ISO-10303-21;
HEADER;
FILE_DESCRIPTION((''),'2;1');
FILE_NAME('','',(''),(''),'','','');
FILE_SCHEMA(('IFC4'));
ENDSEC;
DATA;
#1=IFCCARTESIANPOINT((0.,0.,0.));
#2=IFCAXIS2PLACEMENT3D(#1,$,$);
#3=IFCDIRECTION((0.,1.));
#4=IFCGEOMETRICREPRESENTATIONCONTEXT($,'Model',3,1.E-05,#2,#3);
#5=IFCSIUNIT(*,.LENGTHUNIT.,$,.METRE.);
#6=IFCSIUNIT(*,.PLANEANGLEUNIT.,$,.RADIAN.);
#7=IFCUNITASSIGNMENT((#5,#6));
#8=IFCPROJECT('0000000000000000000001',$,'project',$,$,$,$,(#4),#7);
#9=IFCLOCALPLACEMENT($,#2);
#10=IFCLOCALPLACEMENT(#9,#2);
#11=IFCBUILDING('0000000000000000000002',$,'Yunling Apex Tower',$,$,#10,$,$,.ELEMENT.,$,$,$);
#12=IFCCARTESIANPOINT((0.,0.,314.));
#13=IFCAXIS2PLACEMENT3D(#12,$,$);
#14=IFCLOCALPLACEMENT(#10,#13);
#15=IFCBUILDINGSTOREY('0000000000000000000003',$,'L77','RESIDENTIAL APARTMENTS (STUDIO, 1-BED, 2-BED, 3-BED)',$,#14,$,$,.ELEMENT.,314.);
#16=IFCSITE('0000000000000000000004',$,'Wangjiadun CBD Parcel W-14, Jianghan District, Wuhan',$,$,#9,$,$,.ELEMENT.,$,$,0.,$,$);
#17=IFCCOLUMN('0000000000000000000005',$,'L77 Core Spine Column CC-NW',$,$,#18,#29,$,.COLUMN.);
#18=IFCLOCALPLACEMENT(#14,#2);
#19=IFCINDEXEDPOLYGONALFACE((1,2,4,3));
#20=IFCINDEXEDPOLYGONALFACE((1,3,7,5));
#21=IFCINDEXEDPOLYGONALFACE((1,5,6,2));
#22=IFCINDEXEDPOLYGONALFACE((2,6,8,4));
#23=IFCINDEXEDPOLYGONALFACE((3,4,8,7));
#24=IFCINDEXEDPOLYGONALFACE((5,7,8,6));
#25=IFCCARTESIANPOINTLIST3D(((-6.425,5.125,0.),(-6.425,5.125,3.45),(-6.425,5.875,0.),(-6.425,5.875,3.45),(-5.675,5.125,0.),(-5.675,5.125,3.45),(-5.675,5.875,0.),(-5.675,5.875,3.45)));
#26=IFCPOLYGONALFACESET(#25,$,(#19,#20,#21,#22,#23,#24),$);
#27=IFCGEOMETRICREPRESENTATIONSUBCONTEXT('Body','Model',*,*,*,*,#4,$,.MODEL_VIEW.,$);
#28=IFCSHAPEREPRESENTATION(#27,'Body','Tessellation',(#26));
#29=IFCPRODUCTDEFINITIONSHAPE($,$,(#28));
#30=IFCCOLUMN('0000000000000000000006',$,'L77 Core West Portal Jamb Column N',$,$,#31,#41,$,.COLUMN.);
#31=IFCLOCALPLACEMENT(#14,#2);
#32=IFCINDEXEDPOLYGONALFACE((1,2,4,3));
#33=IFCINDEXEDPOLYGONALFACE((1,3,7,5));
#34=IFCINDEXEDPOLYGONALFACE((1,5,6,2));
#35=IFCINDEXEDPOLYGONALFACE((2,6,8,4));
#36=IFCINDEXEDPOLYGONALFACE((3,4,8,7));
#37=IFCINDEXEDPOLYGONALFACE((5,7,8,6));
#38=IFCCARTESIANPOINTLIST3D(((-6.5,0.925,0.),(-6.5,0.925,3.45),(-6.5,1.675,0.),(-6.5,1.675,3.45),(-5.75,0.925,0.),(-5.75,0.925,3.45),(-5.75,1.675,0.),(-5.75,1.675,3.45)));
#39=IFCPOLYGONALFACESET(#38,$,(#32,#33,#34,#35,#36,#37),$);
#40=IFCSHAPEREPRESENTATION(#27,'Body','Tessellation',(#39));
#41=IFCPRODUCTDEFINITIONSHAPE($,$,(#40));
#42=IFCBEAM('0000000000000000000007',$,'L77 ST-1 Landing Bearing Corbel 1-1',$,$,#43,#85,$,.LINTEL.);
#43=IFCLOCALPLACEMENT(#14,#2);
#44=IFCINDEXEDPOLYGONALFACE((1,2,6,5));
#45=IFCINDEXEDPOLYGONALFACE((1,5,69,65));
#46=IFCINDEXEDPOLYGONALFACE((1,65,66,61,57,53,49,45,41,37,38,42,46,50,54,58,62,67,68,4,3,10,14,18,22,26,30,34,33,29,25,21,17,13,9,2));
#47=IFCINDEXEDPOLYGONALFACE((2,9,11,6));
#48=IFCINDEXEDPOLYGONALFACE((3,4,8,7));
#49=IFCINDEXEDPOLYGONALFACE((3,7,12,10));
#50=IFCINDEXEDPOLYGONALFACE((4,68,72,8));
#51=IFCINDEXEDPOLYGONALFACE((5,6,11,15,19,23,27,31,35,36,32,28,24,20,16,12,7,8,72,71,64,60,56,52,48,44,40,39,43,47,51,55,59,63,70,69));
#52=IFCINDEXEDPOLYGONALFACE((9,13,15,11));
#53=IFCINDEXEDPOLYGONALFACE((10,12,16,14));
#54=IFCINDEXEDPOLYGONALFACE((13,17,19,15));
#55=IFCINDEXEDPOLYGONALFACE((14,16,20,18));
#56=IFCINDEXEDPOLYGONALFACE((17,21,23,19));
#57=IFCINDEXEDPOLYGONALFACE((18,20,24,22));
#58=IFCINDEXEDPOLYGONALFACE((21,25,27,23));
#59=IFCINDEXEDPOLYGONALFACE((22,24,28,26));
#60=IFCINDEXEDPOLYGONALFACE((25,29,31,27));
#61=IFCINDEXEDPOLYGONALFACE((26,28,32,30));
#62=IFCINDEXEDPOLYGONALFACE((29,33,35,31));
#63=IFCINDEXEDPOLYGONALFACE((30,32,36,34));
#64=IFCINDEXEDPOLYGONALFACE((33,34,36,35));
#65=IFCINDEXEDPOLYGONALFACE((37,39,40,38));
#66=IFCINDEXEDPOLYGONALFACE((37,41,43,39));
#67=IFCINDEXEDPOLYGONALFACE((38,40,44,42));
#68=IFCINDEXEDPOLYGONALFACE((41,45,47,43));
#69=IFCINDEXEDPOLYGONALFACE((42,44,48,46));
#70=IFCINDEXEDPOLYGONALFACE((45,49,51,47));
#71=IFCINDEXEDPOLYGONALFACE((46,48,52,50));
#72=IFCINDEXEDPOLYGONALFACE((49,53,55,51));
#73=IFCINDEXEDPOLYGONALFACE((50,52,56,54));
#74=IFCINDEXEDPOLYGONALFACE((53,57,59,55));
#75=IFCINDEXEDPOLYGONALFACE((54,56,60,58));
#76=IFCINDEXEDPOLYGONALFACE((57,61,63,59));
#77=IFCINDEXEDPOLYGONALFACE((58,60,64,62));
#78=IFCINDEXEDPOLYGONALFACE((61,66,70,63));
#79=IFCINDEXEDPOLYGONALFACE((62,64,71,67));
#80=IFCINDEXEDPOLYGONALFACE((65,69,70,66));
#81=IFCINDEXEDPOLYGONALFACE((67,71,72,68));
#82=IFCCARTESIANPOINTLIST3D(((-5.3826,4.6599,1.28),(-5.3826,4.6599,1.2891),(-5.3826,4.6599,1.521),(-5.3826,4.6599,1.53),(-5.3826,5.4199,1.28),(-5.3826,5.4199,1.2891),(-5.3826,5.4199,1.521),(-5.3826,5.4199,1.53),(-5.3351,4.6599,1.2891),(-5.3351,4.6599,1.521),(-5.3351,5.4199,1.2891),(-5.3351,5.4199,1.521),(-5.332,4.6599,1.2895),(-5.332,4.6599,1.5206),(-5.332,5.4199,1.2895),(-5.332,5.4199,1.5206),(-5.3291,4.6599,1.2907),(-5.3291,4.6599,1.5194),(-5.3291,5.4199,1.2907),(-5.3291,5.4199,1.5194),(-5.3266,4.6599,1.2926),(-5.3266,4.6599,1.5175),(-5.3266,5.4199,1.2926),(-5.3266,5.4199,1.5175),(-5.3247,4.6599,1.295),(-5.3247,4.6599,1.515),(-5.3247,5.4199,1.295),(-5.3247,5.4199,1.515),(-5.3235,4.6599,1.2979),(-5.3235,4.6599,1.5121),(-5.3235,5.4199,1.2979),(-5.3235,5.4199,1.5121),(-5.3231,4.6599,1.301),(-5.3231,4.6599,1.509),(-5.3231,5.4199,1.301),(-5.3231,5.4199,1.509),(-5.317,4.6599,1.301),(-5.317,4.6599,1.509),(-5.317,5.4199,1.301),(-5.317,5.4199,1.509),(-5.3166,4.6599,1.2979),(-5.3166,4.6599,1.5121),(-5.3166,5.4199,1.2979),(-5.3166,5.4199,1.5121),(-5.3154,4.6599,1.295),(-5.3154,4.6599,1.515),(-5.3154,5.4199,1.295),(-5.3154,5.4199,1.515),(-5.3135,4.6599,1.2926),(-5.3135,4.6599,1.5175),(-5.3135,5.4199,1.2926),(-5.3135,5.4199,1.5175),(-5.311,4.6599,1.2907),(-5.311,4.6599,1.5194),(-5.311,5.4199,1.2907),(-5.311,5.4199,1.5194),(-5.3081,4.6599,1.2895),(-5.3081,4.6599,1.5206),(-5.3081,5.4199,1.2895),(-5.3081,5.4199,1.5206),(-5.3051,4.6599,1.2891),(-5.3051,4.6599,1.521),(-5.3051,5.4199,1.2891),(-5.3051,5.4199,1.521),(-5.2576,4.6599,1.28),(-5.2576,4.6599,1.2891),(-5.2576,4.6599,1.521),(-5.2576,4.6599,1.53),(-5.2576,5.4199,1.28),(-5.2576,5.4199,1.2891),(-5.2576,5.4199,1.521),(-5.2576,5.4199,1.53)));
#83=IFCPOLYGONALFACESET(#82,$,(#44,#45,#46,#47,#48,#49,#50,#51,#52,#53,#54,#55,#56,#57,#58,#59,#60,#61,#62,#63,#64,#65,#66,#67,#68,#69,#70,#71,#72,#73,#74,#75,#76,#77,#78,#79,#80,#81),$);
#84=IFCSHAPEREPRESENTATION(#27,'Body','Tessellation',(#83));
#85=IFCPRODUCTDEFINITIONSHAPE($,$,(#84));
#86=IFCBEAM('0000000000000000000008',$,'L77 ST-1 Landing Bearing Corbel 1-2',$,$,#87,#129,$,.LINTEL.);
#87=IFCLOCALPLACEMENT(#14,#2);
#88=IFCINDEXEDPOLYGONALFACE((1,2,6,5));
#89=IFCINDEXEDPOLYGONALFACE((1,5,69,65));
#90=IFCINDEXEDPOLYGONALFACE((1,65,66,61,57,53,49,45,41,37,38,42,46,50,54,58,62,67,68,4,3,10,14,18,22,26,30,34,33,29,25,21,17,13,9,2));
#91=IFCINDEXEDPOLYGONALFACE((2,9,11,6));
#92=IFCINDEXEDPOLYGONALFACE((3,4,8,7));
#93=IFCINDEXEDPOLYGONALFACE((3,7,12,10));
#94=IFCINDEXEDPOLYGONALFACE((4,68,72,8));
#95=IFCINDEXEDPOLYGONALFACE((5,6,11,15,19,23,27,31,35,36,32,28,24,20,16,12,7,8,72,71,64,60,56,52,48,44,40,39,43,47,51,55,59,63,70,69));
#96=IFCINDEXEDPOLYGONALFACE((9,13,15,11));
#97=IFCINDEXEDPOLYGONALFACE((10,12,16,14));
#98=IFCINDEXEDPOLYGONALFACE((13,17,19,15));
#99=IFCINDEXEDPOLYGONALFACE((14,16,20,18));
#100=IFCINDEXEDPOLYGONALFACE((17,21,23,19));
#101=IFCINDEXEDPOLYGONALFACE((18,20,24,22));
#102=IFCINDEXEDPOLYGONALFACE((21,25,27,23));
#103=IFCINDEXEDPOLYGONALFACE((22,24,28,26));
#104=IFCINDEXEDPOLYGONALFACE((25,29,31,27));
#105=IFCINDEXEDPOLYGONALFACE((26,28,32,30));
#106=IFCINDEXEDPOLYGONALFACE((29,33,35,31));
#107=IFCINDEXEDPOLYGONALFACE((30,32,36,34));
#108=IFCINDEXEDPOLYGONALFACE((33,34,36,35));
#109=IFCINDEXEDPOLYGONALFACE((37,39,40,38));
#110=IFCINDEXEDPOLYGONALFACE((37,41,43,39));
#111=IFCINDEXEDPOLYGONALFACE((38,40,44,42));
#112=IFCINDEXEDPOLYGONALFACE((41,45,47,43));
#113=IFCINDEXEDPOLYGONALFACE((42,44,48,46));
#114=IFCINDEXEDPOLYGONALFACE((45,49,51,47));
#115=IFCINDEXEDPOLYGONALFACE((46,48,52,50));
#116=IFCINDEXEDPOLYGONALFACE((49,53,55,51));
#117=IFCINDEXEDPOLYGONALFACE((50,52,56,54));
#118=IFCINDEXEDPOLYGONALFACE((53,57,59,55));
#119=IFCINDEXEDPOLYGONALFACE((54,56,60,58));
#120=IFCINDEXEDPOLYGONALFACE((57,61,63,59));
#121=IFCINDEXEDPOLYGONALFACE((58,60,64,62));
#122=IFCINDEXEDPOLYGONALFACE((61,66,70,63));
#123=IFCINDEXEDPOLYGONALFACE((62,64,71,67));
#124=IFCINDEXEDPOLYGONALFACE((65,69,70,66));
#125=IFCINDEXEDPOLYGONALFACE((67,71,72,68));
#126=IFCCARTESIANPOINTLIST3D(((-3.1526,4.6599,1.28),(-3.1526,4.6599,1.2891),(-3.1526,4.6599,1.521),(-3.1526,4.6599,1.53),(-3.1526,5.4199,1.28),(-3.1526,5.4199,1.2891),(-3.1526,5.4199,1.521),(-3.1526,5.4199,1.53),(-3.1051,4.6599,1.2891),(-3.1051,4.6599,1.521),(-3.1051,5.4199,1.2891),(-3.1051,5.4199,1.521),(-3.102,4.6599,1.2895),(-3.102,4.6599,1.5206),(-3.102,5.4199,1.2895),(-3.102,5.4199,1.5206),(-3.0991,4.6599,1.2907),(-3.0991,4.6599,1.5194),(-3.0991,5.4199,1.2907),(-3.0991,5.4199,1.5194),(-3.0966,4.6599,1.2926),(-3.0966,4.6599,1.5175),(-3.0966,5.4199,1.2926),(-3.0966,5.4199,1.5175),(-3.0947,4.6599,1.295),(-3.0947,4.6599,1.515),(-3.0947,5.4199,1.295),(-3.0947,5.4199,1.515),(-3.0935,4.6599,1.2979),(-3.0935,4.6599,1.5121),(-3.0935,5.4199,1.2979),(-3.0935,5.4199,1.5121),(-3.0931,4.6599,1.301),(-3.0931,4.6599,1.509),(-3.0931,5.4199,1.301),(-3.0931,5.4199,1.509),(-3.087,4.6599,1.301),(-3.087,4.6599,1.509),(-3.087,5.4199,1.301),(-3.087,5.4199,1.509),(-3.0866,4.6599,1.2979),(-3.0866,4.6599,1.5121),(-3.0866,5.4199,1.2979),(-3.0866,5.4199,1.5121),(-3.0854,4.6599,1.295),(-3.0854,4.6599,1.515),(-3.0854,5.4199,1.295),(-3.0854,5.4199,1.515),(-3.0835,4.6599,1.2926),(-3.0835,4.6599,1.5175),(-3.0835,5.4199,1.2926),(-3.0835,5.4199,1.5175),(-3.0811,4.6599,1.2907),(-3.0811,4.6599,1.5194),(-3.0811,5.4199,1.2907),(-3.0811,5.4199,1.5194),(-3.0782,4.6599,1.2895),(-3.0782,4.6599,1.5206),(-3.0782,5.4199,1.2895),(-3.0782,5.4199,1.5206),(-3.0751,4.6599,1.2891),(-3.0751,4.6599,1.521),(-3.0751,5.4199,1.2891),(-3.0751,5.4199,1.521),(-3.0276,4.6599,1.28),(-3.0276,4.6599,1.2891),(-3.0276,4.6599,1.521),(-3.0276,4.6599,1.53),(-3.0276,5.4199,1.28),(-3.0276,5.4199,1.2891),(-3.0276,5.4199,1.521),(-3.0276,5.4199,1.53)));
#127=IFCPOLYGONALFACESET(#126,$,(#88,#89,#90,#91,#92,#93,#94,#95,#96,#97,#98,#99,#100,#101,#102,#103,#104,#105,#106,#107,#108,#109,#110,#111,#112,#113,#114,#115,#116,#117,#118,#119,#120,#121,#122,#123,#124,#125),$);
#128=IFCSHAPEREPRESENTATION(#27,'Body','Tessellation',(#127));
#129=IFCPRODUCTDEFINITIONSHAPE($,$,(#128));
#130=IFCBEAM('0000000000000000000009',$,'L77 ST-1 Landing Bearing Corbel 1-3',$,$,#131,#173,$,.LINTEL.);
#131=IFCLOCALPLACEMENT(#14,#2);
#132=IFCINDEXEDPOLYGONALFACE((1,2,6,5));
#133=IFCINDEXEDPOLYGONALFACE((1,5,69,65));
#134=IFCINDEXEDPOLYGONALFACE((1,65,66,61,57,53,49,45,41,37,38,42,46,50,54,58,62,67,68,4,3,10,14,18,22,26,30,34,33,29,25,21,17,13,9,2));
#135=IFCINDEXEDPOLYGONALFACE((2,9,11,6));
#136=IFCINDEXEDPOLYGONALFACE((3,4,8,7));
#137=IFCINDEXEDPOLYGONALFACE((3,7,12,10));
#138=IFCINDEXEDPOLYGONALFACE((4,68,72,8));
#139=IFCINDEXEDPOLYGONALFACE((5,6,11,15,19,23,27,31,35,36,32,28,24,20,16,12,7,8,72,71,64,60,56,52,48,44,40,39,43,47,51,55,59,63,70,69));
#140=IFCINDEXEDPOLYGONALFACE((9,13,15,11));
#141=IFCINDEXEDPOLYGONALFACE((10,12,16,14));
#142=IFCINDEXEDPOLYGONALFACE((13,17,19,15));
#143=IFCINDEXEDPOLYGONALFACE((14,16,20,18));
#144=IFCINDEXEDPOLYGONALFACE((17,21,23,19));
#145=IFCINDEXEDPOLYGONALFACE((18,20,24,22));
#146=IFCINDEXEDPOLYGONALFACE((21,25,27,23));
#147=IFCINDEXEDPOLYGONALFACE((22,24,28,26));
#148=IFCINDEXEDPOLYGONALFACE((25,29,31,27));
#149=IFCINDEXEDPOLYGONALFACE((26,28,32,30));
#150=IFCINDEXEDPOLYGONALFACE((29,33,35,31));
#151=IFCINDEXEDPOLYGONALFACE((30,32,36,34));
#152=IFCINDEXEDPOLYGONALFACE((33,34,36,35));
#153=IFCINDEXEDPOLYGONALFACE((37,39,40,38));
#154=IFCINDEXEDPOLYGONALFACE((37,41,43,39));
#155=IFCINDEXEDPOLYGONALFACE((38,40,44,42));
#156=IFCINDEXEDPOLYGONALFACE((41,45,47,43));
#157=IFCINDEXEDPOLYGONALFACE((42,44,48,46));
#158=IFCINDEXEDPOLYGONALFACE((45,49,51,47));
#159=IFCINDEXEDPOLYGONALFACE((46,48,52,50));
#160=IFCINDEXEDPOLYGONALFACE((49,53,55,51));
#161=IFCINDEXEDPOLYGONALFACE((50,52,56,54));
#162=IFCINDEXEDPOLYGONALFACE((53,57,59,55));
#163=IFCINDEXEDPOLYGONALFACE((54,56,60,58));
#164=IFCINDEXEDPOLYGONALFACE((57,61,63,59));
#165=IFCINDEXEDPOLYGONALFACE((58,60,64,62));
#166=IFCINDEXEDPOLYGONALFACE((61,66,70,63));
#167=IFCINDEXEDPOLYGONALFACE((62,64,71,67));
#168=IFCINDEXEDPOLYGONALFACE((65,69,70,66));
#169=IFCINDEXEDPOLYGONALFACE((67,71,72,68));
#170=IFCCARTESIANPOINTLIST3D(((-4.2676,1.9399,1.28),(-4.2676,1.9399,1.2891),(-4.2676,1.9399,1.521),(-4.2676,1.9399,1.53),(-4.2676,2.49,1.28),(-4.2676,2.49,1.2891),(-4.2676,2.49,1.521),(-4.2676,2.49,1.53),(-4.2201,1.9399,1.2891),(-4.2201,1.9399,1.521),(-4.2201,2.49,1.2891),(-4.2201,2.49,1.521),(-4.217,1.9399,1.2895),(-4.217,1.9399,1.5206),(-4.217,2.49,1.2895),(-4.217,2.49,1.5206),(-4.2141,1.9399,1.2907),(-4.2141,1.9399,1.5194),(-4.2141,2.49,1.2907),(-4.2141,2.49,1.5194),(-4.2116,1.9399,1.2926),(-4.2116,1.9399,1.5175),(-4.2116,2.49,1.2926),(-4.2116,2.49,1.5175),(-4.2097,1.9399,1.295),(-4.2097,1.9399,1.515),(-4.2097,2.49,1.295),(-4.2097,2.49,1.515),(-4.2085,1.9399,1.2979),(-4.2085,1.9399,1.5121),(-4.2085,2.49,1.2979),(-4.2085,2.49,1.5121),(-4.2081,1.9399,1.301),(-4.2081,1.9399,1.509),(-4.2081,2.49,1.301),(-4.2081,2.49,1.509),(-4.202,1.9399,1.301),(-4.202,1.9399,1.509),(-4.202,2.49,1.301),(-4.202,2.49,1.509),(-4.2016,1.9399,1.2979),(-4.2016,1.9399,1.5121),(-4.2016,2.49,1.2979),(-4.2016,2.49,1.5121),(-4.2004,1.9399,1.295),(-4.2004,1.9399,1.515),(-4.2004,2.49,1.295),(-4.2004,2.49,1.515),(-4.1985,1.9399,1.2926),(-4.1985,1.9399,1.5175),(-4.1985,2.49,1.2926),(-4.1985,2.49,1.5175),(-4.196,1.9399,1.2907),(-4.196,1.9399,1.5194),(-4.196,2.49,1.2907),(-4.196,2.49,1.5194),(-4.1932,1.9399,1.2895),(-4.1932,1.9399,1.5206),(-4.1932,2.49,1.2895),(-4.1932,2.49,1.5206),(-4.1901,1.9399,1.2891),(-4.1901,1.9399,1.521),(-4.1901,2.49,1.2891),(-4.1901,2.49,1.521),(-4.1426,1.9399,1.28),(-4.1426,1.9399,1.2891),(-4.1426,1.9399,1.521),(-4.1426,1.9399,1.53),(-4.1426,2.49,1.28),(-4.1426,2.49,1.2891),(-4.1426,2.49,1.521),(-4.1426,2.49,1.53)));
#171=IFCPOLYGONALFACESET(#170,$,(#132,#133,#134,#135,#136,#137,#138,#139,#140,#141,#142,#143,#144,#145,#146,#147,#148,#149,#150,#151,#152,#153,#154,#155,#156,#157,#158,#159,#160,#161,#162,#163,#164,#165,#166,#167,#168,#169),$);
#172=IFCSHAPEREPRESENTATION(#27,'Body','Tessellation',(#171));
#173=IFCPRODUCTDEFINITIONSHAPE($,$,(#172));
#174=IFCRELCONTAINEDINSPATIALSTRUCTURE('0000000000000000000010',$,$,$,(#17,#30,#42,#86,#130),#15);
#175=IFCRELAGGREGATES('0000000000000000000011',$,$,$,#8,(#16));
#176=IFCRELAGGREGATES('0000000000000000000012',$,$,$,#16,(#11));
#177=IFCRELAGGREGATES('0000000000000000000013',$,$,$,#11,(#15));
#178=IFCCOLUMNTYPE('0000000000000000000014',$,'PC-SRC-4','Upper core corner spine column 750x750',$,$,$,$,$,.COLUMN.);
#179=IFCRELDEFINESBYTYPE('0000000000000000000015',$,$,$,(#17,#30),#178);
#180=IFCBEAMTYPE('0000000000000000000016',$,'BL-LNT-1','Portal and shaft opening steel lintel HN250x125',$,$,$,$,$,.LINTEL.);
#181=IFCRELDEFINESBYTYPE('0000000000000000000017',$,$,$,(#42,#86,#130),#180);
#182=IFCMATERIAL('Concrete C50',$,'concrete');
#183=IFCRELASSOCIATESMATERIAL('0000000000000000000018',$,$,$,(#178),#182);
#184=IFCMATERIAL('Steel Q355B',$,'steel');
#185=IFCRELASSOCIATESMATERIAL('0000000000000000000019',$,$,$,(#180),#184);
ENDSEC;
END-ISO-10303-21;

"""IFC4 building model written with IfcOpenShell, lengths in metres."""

from ifc_helpers import new_model, si_unit, direction, frame, origin, origin_2d, place, context, subcontext, project, spatial, rectangle, i_section, extrude, source, transform, mapped, material, material_profile, profile_set, type_object, element, save


model = new_model("IFC4")

# Units and contexts
model_context = context("Model", 3, precision=1e-05, world=origin(), true_north=direction((0.0, 1.0)))
body_context = subcontext(model_context, "Body", "Model", "MODEL_VIEW")
ifc_project = project(units=[si_unit("LENGTHUNIT", "METRE"), si_unit("PLANEANGLEUNIT", "RADIAN")], contexts=[model_context])

# Site, building, storey
site_placement = place(None, origin())
site = spatial("IfcSite", under=ifc_project, at=site_placement, Name="Wangjiadun CBD Parcel W-14, Jianghan District, Wuhan", CompositionType="ELEMENT", RefElevation=0.0)
building_placement = place(site_placement, origin())
building = spatial("IfcBuilding", under=site, at=building_placement, Name="Yunling Apex Tower", CompositionType="ELEMENT")
storey_placement = place(building_placement, frame((0.0, 0.0, 314.0)))
storey = spatial("IfcBuildingStorey", under=building, at=storey_placement, Name="L77", Description="RESIDENTIAL APARTMENTS (STUDIO, 1-BED, 2-BED, 3-BED)", CompositionType="ELEMENT", Elevation=314.0)

# Columns
ifc_material_1 = material(Name="Concrete C50", Category="concrete")
ifc_material_profile_1 = material_profile(ifc_material_1, rectangle(XDim=0.75, YDim=0.75, at=origin_2d()))
ifc_profile_set_1 = profile_set([ifc_material_profile_1], Name="Concrete C50")
column_type = type_object("IfcColumnType", Name="PC-SRC-4", Description="Upper core corner spine column 750x750", PredefinedType="COLUMN", material=ifc_profile_set_1)
shared_shape_1 = source(origin(), body_context, "Body", "SweptSolid", [
    extrude(rectangle(XDim=0.75, YDim=0.75, at=origin_2d()), origin(), (0.0, 0.0, 1.0), 3.45),
])
for number, where, z_axis, x_axis, name in (
    (1, (-6.05, 5.5, 0.0), (0.0, 0.0, 1.0), (1.0, 0.0, 0.0), "L77 Core Spine Column CC-NW"),
    (2, (-6.125, 1.3, 0.0), (0.0, 0.0, 1.0), (1.0, 0.0, 0.0), "L77 Core West Portal Jamb Column N"),
):
    element("IfcColumn", number, at=place(storey_placement, frame(where, z_axis=z_axis, x_axis=x_axis)), inside=storey, type_object=column_type, Name=name, PredefinedType="COLUMN", context=body_context, shape_type="MappedRepresentation", body=[
        mapped(shared_shape_1, transform((0.0, 0.0, 0.0), scale=1.0)),
    ])

# Beams
ifc_material_2 = material(Name="Steel Q355B", Category="steel")
ifc_material_profile_2 = material_profile(ifc_material_2, i_section(OverallWidth=0.125, OverallDepth=0.25, WebThickness=0.0061, FlangeThickness=0.009, FilletRadius=0.012, at=origin_2d()))
ifc_profile_set_2 = profile_set([ifc_material_profile_2], Name="Steel Q355B")
beam_type_1 = type_object("IfcBeamType", Name="BL-LNT-1", Description="Portal and shaft opening steel lintel HN250x125", PredefinedType="LINTEL", material=ifc_profile_set_2)
shared_shape_2 = source(origin(), body_context, "Body", "SweptSolid", [
    extrude(i_section(OverallWidth=0.125, OverallDepth=0.25, WebThickness=0.0061, FlangeThickness=0.009, FilletRadius=0.012, at=origin_2d()), origin(), (0.0, 0.0, 1.0), 0.76),
])
for number, where, z_axis, x_axis, name in (
    (3, (-5.3201, 5.4199, 1.405), (0.0, -1.0, 0.0), (1.0, 0.0, 0.0), "L77 ST-1 Landing Bearing Corbel 1-1"),
    (4, (-3.0901, 5.4199, 1.405), (0.0, -1.0, 0.0), (1.0, 0.0, 0.0), "L77 ST-1 Landing Bearing Corbel 1-2"),
):
    element("IfcBeam", number, at=place(storey_placement, frame(where, z_axis=z_axis, x_axis=x_axis)), inside=storey, type_object=beam_type_1, Name=name, PredefinedType="LINTEL", context=body_context, shape_type="MappedRepresentation", body=[
        mapped(shared_shape_2, transform((0.0, 0.0, 0.0), scale=1.0)),
    ])
shared_shape_3 = source(origin(), body_context, "Body", "SweptSolid", [
    extrude(i_section(OverallWidth=0.125, OverallDepth=0.25, WebThickness=0.0061, FlangeThickness=0.009, FilletRadius=0.012, at=origin_2d()), origin(), (0.0, 0.0, 1.0), 0.55),
])
beam_1_placement = place(storey_placement, frame((-4.2051, 1.9399, 1.405), z_axis=(0.0, 1.0, 0.0), x_axis=(-1.0, 0.0, 0.0)))
element("IfcBeam", 5, at=beam_1_placement, inside=storey, type_object=beam_type_1, Name="L77 ST-1 Landing Bearing Corbel 1-3", PredefinedType="LINTEL", context=body_context, shape_type="MappedRepresentation", body=[
    mapped(shared_shape_3, transform((0.0, 0.0, 0.0), scale=1.0)),
])

save(model, "model.ifc")
